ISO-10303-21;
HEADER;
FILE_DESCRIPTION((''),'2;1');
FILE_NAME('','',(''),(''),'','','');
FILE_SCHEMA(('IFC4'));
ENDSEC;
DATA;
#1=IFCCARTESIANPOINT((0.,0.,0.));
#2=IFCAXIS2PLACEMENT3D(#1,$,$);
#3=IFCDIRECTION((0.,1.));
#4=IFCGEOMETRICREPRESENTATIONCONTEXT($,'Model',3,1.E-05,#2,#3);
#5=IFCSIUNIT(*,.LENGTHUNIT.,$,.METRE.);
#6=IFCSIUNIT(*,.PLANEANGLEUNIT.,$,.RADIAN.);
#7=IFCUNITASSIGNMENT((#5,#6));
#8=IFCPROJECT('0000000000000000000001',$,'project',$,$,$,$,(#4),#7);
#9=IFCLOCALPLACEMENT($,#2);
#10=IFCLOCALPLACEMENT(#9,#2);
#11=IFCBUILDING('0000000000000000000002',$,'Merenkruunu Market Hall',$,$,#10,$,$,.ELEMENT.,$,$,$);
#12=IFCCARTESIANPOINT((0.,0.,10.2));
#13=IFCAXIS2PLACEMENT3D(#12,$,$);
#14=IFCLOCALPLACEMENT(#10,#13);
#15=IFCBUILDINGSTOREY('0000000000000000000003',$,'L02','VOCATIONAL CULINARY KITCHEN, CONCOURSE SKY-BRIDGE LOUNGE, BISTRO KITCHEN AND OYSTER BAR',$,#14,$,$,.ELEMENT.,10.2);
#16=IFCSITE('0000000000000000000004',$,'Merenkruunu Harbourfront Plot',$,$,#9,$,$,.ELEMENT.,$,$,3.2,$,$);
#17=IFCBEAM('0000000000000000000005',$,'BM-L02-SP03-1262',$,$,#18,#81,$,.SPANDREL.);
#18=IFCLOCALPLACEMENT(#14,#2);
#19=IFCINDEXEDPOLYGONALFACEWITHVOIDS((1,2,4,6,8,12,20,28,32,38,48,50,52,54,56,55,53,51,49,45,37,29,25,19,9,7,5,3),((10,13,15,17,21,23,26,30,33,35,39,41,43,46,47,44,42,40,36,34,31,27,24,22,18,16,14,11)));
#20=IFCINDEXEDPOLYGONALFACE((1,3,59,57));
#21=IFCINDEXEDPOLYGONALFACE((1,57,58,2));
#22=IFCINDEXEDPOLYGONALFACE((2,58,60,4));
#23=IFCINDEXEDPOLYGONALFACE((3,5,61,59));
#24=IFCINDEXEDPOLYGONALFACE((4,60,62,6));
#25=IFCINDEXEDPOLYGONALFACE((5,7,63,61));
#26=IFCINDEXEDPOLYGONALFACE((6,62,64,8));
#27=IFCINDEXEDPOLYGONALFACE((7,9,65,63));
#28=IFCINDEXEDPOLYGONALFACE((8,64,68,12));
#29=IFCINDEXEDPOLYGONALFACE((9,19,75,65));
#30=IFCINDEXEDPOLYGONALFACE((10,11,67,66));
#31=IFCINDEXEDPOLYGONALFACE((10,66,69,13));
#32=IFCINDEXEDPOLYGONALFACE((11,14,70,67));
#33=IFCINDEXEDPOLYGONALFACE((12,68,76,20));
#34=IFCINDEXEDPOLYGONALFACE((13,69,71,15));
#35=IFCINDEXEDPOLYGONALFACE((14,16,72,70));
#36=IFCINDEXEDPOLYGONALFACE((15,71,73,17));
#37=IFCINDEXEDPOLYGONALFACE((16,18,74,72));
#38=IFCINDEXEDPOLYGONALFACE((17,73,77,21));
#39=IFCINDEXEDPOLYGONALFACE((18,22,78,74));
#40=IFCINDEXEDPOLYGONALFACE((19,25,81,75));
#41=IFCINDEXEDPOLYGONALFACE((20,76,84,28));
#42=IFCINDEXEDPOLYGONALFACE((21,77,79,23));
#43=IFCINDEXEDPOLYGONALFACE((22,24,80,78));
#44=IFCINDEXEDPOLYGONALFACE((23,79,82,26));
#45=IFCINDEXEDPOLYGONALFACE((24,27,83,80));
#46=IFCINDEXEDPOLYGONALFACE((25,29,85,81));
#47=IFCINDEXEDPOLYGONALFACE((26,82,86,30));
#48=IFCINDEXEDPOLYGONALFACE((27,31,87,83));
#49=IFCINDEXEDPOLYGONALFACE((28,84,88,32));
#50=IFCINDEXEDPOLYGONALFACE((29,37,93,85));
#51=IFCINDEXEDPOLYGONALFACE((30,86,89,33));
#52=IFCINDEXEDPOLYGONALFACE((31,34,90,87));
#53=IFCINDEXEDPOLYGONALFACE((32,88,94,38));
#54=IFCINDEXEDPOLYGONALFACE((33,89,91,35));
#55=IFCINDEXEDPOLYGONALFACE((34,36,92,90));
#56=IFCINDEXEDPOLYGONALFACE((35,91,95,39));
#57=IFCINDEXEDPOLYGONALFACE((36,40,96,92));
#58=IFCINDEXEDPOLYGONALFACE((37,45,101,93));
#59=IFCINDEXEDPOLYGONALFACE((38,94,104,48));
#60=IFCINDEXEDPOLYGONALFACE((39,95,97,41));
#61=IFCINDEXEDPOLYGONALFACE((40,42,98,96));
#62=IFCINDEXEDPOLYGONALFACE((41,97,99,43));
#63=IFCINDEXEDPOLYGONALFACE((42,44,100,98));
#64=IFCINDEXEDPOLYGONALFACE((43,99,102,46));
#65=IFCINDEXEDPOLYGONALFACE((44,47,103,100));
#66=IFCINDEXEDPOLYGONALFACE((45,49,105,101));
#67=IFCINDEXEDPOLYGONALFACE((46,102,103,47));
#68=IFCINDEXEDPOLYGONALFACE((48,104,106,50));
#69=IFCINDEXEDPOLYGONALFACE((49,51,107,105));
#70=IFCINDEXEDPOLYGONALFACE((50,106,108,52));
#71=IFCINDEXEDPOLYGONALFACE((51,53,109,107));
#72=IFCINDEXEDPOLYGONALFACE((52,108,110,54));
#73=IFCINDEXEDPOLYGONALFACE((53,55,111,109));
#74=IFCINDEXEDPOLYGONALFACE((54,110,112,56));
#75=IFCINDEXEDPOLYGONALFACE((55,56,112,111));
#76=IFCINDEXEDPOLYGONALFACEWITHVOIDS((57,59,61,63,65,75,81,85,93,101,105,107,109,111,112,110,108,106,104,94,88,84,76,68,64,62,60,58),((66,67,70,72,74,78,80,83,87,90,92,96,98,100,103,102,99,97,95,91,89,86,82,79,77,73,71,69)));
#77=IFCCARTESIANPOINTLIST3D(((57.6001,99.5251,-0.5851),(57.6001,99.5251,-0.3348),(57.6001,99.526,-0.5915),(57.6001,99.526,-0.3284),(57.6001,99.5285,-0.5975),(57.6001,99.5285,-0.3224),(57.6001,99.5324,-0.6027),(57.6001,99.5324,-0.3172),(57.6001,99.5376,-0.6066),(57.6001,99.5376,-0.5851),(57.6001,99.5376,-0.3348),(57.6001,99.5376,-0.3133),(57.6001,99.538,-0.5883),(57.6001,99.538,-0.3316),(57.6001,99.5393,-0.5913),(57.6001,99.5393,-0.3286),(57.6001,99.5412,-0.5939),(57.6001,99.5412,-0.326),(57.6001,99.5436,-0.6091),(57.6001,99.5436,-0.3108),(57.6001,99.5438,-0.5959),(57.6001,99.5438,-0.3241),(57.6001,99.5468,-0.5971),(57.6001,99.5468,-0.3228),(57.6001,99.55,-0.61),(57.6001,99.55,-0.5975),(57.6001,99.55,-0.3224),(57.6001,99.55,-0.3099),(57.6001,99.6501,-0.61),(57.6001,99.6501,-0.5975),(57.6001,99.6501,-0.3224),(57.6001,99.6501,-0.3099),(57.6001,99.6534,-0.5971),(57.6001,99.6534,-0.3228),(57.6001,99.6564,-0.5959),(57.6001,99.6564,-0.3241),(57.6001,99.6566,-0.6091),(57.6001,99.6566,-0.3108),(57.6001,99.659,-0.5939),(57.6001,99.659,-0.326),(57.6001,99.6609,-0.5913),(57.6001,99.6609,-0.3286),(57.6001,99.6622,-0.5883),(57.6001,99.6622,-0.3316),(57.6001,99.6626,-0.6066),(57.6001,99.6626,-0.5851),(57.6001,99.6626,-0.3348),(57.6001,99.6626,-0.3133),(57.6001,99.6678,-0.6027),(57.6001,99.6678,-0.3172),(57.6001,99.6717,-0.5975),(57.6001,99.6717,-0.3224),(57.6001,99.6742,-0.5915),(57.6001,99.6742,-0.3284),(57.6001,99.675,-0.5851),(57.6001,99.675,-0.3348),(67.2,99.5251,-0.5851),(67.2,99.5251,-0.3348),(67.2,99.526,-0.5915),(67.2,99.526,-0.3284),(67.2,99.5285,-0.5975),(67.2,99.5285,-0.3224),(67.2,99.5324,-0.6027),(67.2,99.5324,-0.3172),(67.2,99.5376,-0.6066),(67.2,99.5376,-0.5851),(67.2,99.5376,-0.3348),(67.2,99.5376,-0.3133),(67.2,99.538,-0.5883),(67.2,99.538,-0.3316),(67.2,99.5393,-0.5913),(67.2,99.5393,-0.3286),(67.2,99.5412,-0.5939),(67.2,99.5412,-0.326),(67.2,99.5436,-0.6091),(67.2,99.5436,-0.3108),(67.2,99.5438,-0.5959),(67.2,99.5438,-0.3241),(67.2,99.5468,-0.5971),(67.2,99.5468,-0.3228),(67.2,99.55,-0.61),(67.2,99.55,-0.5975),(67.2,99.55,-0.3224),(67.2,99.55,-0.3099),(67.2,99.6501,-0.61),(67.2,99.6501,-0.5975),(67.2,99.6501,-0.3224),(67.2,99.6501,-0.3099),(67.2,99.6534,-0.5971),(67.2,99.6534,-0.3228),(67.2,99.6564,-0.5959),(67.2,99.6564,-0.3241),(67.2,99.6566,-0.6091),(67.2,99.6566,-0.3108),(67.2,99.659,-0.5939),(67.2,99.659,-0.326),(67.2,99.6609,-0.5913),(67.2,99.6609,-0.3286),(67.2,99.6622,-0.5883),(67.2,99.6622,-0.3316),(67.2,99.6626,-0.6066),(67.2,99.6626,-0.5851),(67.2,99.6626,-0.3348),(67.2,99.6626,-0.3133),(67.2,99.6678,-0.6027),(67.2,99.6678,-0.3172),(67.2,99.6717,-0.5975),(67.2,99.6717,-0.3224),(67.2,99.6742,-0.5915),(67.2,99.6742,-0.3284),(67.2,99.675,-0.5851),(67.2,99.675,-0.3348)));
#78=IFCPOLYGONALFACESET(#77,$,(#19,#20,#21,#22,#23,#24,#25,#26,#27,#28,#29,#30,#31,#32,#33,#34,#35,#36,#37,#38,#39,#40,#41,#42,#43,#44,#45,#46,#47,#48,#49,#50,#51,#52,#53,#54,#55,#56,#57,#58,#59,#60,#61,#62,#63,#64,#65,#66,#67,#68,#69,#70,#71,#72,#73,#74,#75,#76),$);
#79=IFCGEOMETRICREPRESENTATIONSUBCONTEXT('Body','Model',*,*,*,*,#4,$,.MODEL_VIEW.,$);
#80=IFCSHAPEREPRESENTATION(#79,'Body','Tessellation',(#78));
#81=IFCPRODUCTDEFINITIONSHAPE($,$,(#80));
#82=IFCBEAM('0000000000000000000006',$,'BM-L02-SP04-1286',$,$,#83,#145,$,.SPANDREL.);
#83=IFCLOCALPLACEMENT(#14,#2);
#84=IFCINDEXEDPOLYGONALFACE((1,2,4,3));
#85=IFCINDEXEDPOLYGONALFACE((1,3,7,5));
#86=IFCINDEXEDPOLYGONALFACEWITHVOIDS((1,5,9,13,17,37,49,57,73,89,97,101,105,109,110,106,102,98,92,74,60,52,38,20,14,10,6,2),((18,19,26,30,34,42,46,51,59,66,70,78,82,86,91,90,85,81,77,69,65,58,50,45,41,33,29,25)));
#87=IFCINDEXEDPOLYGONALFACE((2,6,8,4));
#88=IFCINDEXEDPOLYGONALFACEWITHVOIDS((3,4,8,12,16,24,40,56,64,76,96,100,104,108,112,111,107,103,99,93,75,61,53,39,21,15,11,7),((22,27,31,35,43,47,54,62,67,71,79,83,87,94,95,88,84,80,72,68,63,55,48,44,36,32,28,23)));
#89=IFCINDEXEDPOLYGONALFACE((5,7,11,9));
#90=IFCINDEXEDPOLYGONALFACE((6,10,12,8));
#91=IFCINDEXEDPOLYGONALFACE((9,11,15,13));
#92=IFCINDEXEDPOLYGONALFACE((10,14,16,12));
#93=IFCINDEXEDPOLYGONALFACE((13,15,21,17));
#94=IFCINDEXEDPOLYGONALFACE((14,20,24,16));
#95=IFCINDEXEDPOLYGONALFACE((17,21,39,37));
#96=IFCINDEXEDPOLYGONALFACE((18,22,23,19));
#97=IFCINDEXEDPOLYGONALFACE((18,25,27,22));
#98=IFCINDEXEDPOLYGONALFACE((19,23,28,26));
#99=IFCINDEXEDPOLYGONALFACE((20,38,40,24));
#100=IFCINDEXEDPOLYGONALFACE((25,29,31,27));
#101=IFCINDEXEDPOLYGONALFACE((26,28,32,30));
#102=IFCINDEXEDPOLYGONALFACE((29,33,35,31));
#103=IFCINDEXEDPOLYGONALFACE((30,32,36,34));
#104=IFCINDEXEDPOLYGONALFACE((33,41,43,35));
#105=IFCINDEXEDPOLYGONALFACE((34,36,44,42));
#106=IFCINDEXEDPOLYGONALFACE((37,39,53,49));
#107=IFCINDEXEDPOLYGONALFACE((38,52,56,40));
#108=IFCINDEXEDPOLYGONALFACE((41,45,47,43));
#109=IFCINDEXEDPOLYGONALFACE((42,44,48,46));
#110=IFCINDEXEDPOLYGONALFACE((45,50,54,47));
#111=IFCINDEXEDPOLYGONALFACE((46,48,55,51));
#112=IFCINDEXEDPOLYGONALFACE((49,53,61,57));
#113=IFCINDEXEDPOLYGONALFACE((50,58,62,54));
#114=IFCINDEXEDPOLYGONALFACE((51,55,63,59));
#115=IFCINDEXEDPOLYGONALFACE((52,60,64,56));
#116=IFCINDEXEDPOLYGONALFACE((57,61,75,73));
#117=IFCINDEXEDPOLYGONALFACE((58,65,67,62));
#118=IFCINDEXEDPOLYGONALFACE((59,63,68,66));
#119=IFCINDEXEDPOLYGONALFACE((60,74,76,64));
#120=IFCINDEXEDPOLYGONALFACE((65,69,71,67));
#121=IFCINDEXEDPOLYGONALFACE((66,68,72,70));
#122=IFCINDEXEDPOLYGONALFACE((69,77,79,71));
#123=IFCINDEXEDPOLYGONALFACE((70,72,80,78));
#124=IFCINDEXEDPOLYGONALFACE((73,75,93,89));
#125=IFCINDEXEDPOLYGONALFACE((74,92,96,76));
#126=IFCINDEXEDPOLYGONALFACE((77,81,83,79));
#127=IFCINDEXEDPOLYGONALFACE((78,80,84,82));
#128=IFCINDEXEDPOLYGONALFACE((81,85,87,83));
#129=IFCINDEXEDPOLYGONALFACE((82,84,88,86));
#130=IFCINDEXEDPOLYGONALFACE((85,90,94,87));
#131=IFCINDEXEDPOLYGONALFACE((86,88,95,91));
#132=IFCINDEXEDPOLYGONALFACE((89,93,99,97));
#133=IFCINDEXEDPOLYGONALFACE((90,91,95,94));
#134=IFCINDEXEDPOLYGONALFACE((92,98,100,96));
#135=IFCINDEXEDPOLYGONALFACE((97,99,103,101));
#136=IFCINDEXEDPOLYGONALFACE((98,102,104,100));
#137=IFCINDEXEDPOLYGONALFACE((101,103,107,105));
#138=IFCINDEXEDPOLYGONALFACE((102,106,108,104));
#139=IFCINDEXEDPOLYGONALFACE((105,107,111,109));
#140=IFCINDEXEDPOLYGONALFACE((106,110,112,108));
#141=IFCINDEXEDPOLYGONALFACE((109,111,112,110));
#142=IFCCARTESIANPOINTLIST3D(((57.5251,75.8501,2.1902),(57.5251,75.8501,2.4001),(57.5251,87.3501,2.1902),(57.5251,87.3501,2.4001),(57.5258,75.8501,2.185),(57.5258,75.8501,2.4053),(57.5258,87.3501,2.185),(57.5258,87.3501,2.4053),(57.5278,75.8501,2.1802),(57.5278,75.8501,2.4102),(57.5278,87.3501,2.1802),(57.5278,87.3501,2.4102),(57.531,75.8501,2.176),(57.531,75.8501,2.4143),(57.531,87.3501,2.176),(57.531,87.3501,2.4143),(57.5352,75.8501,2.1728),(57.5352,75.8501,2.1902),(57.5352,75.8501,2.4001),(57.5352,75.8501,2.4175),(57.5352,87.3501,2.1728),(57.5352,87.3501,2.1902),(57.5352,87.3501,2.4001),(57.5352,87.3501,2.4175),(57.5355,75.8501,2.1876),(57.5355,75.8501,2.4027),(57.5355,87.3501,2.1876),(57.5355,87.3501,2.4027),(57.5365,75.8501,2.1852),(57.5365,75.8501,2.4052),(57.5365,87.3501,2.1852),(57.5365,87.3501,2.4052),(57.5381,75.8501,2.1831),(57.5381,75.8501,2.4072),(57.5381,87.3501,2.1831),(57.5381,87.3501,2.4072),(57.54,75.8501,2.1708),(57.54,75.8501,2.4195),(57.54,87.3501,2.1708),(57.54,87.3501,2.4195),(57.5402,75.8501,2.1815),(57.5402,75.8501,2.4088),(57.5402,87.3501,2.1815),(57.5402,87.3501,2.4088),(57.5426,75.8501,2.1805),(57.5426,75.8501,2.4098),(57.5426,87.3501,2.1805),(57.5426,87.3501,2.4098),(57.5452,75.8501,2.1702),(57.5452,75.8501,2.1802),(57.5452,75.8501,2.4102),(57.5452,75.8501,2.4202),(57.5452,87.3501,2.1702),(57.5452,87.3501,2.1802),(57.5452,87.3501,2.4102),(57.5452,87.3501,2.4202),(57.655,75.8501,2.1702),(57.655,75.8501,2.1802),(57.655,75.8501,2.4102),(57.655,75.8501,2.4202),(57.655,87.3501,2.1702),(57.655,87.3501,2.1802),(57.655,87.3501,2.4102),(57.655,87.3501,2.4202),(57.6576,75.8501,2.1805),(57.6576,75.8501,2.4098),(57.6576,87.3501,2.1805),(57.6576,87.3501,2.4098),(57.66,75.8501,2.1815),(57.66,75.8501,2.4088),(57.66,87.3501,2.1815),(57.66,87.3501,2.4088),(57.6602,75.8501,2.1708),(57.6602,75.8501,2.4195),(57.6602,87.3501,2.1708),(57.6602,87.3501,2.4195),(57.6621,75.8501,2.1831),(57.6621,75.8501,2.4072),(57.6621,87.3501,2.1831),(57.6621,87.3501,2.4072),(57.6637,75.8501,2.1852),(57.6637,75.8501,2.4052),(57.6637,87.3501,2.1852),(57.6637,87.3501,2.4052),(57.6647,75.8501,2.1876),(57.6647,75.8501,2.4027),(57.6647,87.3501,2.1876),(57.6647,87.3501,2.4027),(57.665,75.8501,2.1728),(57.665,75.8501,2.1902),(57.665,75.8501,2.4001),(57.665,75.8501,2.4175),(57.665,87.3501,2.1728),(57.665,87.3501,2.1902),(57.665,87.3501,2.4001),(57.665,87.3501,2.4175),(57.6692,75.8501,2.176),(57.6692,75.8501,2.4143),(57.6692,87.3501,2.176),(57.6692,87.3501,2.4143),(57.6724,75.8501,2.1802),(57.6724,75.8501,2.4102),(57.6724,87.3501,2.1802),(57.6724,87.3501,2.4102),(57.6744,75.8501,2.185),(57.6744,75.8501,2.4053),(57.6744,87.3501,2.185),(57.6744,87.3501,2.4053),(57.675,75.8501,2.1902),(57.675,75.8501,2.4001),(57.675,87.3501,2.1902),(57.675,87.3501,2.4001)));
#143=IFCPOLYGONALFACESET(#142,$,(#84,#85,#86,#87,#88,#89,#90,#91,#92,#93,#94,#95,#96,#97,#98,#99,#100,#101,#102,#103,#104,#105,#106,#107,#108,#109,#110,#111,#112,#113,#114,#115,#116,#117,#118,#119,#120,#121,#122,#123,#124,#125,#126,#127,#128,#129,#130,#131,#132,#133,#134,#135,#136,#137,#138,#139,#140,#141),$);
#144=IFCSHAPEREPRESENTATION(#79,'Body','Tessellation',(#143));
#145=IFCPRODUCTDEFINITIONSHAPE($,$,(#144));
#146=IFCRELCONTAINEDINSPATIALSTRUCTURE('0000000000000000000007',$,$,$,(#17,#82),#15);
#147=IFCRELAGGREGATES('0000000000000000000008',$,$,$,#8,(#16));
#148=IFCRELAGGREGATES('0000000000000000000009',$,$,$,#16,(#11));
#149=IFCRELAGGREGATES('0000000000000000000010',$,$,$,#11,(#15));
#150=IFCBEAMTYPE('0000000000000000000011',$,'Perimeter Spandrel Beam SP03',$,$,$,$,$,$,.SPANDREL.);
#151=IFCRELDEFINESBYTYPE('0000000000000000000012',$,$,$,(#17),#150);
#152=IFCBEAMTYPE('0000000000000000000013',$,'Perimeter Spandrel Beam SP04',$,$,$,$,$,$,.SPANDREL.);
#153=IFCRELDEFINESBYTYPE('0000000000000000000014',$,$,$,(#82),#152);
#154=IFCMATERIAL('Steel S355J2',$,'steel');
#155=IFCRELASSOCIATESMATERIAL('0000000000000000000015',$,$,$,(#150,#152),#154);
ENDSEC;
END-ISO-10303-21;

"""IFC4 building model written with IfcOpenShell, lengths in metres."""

from ifc_helpers import new_model, si_unit, direction, frame, origin, origin_2d, place, context, subcontext, project, spatial, hollow_rectangle, extrude, material, material_profile, profile_set, type_object, element, save


model = new_model("IFC4")

# Units and contexts
model_context = context("Model", 3, precision=1e-05, world=origin(), true_north=direction((0.0, 1.0)))
body_context = subcontext(model_context, "Body", "Model", "MODEL_VIEW")
ifc_project = project(units=[si_unit("LENGTHUNIT", "METRE"), si_unit("PLANEANGLEUNIT", "RADIAN")], contexts=[model_context])

# Site, building, storey
site_placement = place(None, origin())
site = spatial("IfcSite", under=ifc_project, at=site_placement, Name="Merenkruunu Harbourfront Plot", CompositionType="ELEMENT", RefElevation=3.2)
building_placement = place(site_placement, origin())
building = spatial("IfcBuilding", under=site, at=building_placement, Name="Merenkruunu Market Hall", CompositionType="ELEMENT")
storey_placement = place(building_placement, frame((0.0, 0.0, 10.2)))
storey = spatial("IfcBuildingStorey", under=building, at=storey_placement, Name="L02", Description="VOCATIONAL CULINARY KITCHEN, CONCOURSE SKY-BRIDGE LOUNGE, BISTRO KITCHEN AND OYSTER BAR", CompositionType="ELEMENT", Elevation=10.2)

# Beams
ifc_material_1 = material(Name="Steel S355J2", Category="steel")
ifc_material_profile_1 = material_profile(ifc_material_1, hollow_rectangle(XDim=0.1499, YDim=0.3, WallThickness=0.0125, InnerFilletRadius=0.0125, OuterFilletRadius=0.0249, at=origin_2d()), Name="RHS 300x150x12.5")
ifc_profile_set_1 = profile_set([ifc_material_profile_1], Name="Steel S355J2")
beam_type_1 = type_object("IfcBeamType", Name="Perimeter Spandrel Beam SP03", PredefinedType="SPANDREL", material=ifc_profile_set_1)
beam_placement = place(storey_placement, frame((57.6001, 99.6001, -0.46), z_axis=(1.0, 0.0, 0.0), x_axis=(0.0, 1.0, 0.0)))
element("IfcBeam", 1, at=beam_placement, inside=storey, type_object=beam_type_1, Name="BM-L02-SP03-1262", PredefinedType="SPANDREL", context=body_context, shape_type="SweptSolid", body=[
    extrude(hollow_rectangle(XDim=0.1499, YDim=0.3, WallThickness=0.0125, InnerFilletRadius=0.0125, OuterFilletRadius=0.0249, at=origin_2d()), origin(), (0.0, 0.0, 1.0), 9.5999),
])
ifc_material_profile_2 = material_profile(ifc_material_1, hollow_rectangle(XDim=0.1499, YDim=0.25, WallThickness=0.01, InnerFilletRadius=0.01, OuterFilletRadius=0.02, at=origin_2d()), Name="RHS 250x150x10")
ifc_profile_set_2 = profile_set([ifc_material_profile_2], Name="Steel S355J2")
beam_type_2 = type_object("IfcBeamType", Name="Perimeter Spandrel Beam SP04", PredefinedType="SPANDREL", material=ifc_profile_set_2)
for number, where, z_axis, x_axis, name in (
    (2, (57.6001, 75.8501, 2.2952), (0.0, 1.0, 0.0), (-1.0, 0.0, 0.0), "BM-L02-SP04-1286"),
):
    element("IfcBeam", number, at=place(storey_placement, frame(where, z_axis=z_axis, x_axis=x_axis)), inside=storey, type_object=beam_type_2, Name=name, PredefinedType="SPANDREL", context=body_context, shape_type="SweptSolid", body=[
        extrude(hollow_rectangle(XDim=0.1499, YDim=0.25, WallThickness=0.01, InnerFilletRadius=0.01, OuterFilletRadius=0.02, at=origin_2d()), origin(), (0.0, 0.0, 1.0), 11.5),
    ])

save(model, "model.ifc")
